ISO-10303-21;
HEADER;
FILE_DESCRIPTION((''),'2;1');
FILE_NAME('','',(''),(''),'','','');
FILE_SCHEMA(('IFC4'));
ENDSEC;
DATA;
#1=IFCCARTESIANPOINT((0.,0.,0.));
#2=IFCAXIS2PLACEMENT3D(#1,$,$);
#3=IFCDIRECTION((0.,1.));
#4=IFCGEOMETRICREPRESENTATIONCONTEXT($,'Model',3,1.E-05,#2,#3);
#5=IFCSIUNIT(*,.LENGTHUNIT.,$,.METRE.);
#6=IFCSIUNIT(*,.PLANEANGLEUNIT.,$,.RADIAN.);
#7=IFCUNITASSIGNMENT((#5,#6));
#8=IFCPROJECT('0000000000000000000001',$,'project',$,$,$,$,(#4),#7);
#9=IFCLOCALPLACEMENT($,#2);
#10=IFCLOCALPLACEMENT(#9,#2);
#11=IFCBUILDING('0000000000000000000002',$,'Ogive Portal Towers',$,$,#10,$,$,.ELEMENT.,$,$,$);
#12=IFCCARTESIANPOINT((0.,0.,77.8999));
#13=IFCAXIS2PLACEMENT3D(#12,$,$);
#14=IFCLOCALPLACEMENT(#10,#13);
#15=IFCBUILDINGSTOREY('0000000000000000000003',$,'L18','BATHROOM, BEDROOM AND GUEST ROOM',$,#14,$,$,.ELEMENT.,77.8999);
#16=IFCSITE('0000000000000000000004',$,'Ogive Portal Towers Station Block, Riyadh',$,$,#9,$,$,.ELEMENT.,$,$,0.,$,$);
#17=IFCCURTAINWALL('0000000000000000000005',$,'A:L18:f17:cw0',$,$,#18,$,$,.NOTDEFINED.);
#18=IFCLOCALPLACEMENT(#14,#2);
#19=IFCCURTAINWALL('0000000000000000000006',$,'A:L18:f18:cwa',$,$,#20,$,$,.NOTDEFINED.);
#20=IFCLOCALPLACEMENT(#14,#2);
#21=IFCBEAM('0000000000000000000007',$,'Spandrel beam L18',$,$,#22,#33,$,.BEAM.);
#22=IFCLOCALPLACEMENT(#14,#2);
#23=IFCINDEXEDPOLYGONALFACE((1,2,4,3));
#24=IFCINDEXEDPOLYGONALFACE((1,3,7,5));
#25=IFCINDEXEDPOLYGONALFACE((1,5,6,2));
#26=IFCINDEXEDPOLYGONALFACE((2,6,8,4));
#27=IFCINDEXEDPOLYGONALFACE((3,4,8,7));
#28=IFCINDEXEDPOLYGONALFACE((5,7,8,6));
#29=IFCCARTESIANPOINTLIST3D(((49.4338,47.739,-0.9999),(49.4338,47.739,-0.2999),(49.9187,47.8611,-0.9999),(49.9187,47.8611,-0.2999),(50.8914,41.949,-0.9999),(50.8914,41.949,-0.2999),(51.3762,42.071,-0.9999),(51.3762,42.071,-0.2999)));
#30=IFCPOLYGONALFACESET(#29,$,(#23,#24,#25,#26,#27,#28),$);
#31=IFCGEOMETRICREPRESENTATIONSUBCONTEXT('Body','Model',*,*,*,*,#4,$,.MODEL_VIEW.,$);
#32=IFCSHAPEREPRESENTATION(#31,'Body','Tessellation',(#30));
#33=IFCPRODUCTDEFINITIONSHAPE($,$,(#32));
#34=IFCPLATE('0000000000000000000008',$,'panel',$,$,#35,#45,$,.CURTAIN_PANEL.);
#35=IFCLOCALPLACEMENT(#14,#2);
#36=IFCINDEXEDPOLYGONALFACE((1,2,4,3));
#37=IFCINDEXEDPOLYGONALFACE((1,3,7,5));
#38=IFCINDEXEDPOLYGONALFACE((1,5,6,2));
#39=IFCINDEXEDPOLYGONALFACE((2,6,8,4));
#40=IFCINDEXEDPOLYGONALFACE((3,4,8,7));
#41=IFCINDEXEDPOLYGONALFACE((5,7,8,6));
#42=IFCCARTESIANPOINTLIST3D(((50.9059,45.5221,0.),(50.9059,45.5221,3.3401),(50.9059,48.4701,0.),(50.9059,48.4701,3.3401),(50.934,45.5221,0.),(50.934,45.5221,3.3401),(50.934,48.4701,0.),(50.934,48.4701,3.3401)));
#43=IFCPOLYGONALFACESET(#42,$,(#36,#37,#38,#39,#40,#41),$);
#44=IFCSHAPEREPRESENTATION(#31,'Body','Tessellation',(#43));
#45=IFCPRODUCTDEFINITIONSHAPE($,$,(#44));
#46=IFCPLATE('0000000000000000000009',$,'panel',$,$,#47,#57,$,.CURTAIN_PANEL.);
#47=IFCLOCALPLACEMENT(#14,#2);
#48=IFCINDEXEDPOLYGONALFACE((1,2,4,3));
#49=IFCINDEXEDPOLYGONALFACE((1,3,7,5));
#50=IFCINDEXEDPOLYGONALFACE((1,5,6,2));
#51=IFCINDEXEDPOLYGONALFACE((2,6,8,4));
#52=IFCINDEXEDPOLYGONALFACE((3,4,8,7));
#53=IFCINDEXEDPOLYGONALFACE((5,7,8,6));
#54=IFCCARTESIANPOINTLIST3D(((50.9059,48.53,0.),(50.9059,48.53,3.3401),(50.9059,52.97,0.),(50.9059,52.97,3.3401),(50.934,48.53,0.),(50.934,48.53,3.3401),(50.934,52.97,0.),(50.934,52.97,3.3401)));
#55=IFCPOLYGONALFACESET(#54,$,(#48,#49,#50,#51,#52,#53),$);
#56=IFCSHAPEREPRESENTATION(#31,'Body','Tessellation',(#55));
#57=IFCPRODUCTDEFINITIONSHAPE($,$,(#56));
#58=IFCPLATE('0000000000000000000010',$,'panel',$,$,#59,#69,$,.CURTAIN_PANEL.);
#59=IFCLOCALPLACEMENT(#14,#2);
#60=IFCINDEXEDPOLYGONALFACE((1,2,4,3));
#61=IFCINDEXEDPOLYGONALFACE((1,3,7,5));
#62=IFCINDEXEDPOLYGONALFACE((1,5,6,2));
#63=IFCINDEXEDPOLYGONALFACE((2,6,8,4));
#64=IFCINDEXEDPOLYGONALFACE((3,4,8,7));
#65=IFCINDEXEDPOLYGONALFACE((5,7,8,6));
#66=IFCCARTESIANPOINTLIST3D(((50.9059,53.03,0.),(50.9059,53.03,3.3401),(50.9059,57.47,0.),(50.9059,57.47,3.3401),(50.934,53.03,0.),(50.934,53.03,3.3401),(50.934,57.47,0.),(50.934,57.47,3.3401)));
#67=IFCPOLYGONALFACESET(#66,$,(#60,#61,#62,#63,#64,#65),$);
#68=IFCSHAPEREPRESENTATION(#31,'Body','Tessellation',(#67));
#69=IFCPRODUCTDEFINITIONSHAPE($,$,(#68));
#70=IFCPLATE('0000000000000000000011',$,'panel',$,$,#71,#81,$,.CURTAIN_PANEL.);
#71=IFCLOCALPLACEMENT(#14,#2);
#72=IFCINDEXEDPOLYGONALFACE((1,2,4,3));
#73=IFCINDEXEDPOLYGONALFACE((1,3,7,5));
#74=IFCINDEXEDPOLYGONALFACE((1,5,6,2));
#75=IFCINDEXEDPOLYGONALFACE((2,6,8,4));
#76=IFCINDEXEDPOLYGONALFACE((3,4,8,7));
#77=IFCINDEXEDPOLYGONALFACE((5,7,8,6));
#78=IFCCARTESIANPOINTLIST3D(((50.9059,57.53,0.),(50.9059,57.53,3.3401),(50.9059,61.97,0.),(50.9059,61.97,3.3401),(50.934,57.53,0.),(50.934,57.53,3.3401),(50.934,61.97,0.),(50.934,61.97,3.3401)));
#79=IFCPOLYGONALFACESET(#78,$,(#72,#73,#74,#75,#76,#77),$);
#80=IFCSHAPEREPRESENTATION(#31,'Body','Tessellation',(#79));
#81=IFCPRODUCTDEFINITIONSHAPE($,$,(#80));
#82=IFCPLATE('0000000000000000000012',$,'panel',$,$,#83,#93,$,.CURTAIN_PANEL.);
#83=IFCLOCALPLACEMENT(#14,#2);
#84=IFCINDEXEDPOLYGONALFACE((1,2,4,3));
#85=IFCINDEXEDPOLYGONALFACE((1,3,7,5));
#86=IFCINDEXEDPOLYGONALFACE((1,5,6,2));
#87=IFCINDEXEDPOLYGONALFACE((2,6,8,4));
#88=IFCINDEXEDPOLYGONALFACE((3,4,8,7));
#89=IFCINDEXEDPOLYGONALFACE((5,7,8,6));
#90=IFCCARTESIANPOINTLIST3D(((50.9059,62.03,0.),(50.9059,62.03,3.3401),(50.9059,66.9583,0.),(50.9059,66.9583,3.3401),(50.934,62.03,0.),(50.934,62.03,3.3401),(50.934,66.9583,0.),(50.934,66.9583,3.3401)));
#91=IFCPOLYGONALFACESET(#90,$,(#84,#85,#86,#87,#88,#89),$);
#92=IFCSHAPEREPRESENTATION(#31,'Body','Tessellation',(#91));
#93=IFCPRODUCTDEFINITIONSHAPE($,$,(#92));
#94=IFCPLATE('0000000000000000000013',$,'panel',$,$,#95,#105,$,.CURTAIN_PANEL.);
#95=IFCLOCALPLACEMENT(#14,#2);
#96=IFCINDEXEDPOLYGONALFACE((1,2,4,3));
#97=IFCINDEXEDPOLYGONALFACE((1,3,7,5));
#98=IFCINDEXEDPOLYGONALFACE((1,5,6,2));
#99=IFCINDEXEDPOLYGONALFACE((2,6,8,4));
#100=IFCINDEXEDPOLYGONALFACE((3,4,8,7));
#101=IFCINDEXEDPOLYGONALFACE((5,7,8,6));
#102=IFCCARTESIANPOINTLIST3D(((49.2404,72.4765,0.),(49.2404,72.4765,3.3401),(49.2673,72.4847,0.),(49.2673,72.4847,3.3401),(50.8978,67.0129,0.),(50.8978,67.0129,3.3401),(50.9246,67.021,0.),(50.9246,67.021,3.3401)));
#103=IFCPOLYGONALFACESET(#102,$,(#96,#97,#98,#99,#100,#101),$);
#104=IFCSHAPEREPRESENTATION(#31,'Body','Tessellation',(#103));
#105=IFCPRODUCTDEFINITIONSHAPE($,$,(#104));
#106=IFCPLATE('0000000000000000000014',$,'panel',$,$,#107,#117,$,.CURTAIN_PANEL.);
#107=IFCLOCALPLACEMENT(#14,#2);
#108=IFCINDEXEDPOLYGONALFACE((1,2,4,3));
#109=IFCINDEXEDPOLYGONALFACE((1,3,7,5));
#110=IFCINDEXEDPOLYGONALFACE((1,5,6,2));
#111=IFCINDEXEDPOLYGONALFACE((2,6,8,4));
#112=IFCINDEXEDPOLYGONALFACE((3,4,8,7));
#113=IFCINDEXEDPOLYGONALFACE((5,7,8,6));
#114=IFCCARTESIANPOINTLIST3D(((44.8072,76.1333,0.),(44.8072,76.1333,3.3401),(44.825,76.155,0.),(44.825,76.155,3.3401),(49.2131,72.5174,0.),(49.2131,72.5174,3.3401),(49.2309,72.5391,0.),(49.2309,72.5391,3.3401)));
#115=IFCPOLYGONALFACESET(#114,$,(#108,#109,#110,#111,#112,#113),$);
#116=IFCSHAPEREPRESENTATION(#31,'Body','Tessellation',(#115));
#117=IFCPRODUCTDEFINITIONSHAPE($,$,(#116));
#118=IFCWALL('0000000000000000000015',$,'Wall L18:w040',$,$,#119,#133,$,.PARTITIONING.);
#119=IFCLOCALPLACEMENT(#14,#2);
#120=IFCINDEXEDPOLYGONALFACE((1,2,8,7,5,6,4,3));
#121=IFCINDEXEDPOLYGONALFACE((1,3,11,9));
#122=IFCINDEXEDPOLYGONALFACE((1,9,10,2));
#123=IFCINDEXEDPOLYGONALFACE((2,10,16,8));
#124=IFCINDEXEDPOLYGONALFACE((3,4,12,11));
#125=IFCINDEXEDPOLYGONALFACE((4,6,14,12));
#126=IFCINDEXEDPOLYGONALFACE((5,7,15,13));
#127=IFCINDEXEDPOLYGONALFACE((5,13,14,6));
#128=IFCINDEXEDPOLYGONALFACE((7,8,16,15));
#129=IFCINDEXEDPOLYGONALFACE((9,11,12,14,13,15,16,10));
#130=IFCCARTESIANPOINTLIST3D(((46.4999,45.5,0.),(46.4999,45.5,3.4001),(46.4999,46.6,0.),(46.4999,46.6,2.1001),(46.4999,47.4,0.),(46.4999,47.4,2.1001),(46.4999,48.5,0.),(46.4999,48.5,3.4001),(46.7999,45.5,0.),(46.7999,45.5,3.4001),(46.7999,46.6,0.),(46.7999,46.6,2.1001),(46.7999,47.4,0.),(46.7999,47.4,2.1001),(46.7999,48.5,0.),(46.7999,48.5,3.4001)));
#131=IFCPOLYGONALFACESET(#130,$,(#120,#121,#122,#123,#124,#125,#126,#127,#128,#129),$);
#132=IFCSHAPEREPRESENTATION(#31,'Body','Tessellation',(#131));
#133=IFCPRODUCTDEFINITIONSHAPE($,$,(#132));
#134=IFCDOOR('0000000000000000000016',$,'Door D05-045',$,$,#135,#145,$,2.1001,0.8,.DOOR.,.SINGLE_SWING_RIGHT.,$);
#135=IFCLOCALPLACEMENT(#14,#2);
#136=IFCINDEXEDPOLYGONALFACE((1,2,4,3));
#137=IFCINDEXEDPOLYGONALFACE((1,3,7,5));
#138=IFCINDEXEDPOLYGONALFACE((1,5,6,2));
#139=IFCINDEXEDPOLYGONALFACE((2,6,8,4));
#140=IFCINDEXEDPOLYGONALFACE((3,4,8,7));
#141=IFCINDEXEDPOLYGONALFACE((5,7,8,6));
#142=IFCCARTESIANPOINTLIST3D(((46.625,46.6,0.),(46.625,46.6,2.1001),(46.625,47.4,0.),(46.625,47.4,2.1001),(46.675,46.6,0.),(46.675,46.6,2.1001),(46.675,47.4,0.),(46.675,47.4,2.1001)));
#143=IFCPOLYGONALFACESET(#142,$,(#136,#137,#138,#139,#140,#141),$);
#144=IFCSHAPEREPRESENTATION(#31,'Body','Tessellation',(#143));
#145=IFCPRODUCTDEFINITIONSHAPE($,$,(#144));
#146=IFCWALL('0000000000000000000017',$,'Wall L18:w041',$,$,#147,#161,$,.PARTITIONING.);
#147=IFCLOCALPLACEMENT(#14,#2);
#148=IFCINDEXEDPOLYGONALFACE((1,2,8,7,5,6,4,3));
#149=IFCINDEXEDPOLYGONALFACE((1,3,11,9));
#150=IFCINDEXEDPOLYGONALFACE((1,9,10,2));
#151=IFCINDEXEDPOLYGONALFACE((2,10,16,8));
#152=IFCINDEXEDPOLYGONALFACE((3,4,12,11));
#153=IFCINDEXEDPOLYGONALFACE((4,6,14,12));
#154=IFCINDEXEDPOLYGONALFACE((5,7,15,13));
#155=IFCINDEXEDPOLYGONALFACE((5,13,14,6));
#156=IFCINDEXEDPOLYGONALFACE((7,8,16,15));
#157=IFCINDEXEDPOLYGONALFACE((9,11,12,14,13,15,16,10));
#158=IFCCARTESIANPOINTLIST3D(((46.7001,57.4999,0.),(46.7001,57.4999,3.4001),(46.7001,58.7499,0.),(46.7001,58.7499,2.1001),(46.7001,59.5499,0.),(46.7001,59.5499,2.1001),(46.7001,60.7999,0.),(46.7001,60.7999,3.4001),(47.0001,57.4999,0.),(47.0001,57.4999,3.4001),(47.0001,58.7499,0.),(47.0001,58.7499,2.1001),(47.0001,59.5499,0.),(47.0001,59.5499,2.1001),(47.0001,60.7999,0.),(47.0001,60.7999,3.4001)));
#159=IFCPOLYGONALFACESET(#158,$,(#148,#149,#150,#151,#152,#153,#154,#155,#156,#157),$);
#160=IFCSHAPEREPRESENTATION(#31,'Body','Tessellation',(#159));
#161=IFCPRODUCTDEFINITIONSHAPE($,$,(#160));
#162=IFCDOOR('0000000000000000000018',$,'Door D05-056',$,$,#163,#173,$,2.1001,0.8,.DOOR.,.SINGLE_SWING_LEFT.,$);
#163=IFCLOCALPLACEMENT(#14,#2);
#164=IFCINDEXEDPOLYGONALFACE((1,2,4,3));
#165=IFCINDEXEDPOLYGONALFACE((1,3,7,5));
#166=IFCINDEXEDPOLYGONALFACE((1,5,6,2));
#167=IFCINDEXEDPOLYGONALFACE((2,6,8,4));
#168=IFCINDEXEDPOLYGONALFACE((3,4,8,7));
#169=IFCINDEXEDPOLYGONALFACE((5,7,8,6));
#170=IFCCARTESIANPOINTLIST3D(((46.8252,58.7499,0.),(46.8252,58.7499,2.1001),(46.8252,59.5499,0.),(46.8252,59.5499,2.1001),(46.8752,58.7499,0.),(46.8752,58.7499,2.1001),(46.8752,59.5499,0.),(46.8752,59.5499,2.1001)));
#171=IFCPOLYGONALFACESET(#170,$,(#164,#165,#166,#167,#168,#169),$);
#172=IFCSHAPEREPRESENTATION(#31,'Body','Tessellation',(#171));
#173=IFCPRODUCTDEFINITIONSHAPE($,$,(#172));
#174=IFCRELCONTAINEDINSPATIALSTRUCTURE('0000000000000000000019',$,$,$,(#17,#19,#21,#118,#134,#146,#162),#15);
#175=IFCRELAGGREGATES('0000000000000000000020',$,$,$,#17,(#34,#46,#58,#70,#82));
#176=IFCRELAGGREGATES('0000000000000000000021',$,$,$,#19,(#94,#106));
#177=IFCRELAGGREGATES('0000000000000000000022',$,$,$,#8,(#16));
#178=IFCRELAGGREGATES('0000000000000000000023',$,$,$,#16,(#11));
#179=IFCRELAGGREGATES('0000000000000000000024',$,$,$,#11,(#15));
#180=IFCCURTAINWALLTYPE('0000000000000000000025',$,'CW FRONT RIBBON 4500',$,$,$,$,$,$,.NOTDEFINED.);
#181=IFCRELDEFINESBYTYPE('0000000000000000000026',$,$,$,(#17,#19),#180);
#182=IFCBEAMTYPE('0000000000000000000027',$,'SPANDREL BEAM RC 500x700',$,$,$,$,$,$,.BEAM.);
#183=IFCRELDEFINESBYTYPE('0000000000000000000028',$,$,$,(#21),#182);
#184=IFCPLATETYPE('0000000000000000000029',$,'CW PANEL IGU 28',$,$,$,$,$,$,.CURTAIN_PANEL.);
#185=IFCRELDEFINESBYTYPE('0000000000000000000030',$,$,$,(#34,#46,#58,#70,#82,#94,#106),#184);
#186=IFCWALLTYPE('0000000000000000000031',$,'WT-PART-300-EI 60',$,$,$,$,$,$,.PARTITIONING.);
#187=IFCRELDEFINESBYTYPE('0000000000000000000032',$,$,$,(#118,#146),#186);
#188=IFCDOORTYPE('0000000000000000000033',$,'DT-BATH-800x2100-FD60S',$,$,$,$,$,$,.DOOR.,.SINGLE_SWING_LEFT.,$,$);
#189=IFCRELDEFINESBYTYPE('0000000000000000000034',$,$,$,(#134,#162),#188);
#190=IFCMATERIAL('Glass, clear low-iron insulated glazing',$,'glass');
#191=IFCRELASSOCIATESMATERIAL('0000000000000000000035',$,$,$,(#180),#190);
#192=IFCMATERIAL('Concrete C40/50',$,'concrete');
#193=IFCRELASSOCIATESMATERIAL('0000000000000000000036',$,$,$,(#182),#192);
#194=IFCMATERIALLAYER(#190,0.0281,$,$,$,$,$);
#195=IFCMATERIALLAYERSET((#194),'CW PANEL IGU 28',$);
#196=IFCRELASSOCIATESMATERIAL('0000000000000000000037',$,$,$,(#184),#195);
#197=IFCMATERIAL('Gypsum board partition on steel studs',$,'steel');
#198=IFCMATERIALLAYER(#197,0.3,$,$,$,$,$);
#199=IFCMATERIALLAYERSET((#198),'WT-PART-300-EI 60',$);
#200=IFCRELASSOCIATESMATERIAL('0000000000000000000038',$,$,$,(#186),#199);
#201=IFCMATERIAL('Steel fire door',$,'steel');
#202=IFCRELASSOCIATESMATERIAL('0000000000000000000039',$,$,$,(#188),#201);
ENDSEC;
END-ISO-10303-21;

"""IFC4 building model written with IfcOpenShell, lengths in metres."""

from ifc_helpers import new_model, si_unit, direction, frame, frame_2d, origin, origin_2d, place, context, subcontext, project, spatial, rectangle, extrude, material, layer, layer_set, material_profile, profile_set, type_object, element, fill, aggregate, save


model = new_model("IFC4")

# Units and contexts
model_context = context("Model", 3, precision=1e-05, world=origin(), true_north=direction((0.0, 1.0)))
body_context = subcontext(model_context, "Body", "Model", "MODEL_VIEW")
ifc_project = project(units=[si_unit("LENGTHUNIT", "METRE"), si_unit("PLANEANGLEUNIT", "RADIAN")], contexts=[model_context])

# Site, building, storey
site_placement = place(None, origin())
site = spatial("IfcSite", under=ifc_project, at=site_placement, Name="Ogive Portal Towers Station Block, Riyadh", CompositionType="ELEMENT", RefElevation=0.0)
building_placement = place(site_placement, origin())
building = spatial("IfcBuilding", under=site, at=building_placement, Name="Ogive Portal Towers", CompositionType="ELEMENT")
storey_placement = place(building_placement, frame((0.0, 0.0, 77.8999)))
storey = spatial("IfcBuildingStorey", under=building, at=storey_placement, Name="L18", Description="BATHROOM, BEDROOM AND GUEST ROOM", CompositionType="ELEMENT", Elevation=77.8999)

# Curtain wall
ifc_material_1 = material(Name="Glass, clear low-iron insulated glazing", Category="glass")
curtain_wall_type = type_object("IfcCurtainWallType", Name="CW FRONT RIBBON 4500", PredefinedType="NOTDEFINED", material=ifc_material_1)
curtain_wall_1_placement = place(storey_placement, origin())
curtain_wall_1 = element("IfcCurtainWall", 1, at=curtain_wall_1_placement, inside=storey, type_object=curtain_wall_type, Name="A:L18:f17:cw0", PredefinedType="NOTDEFINED")

# Curtain wall
curtain_wall_2_placement = place(storey_placement, origin())
curtain_wall_2 = element("IfcCurtainWall", 2, at=curtain_wall_2_placement, inside=storey, type_object=curtain_wall_type, Name="A:L18:f18:cwa", PredefinedType="NOTDEFINED")

# Beam
ifc_material_2 = material(Name="Concrete C40/50", Category="concrete")
ifc_material_profile_1 = material_profile(ifc_material_2, rectangle(XDim=0.5, YDim=0.7, at=origin_2d()), Name="RC 500x700")
ifc_profile_set_1 = profile_set([ifc_material_profile_1], Name="Concrete C40/50")
beam_type = type_object("IfcBeamType", Name="SPANDREL BEAM RC 500x700", PredefinedType="BEAM", material=ifc_profile_set_1)
beam_placement = place(storey_placement, frame((49.6763, 47.8, -0.6499), z_axis=(0.244113, -0.969747, 0.0), x_axis=(0.969747, 0.244113, 0.0)))
element("IfcBeam", 3, at=beam_placement, inside=storey, type_object=beam_type, Name="Spandrel beam L18", PredefinedType="BEAM", context=body_context, shape_type="SweptSolid", body=[
    extrude(rectangle(XDim=0.5, YDim=0.7, at=origin_2d()), origin(), (0.0, 0.0, 1.0), 5.9707),
])

# Plates
ifc_layer_1 = layer(ifc_material_1, 0.0281)
ifc_layer_set_1 = layer_set([ifc_layer_1], Name="CW PANEL IGU 28")
plate_type = type_object("IfcPlateType", Name="CW PANEL IGU 28", PredefinedType="CURTAIN_PANEL", material=ifc_layer_set_1)
plate_1_placement = place(storey_placement, frame((50.9199, 46.9961, 0.0), z_axis=(0.0, 0.0, 1.0), x_axis=(0.0, 1.0, 0.0)))
plate_1 = element("IfcPlate", 4, at=plate_1_placement, type_object=plate_type, Name="panel", PredefinedType="CURTAIN_PANEL", context=body_context, shape_type="SweptSolid", body=[
    extrude(rectangle(XDim=2.948, YDim=0.0281, at=origin_2d()), origin(), (0.0, 0.0, 1.0), 3.3401),
])
plate_2_placement = place(storey_placement, frame((50.9199, 50.75, 0.0), z_axis=(0.0, 0.0, 1.0), x_axis=(0.0, 1.0, 0.0)))
plate_2 = element("IfcPlate", 5, at=plate_2_placement, type_object=plate_type, Name="panel", PredefinedType="CURTAIN_PANEL", context=body_context, shape_type="SweptSolid", body=[
    extrude(rectangle(XDim=4.4399, YDim=0.0281, at=origin_2d()), origin(), (0.0, 0.0, 1.0), 3.3401),
])
plate_3_placement = place(storey_placement, frame((50.9199, 55.25, 0.0), z_axis=(0.0, 0.0, 1.0), x_axis=(0.0, 1.0, 0.0)))
plate_3 = element("IfcPlate", 6, at=plate_3_placement, type_object=plate_type, Name="panel", PredefinedType="CURTAIN_PANEL", context=body_context, shape_type="SweptSolid", body=[
    extrude(rectangle(XDim=4.4399, YDim=0.0281, at=origin_2d()), origin(), (0.0, 0.0, 1.0), 3.3401),
])
plate_4_placement = place(storey_placement, frame((50.9199, 59.75, 0.0), z_axis=(0.0, 0.0, 1.0), x_axis=(0.0, 1.0, 0.0)))
plate_4 = element("IfcPlate", 7, at=plate_4_placement, type_object=plate_type, Name="panel", PredefinedType="CURTAIN_PANEL", context=body_context, shape_type="SweptSolid", body=[
    extrude(rectangle(XDim=4.4399, YDim=0.0281, at=origin_2d()), origin(), (0.0, 0.0, 1.0), 3.3401),
])
plate_5_placement = place(storey_placement, frame((50.9199, 64.4941, 0.0), z_axis=(0.0, 0.0, 1.0), x_axis=(0.0, 1.0, 0.0)))
plate_5 = element("IfcPlate", 8, at=plate_5_placement, type_object=plate_type, Name="panel", PredefinedType="CURTAIN_PANEL", context=body_context, shape_type="SweptSolid", body=[
    extrude(rectangle(XDim=4.9282, YDim=0.0281, at=origin_2d()), origin(), (0.0, 0.0, 1.0), 3.3401),
])
aggregate(curtain_wall_1, [plate_1, plate_2, plate_3, plate_4, plate_5])
plate_6_placement = place(storey_placement, frame((50.0825, 69.7488, 0.0), z_axis=(0.0, 0.0, 1.0), x_axis=(-0.290285, 0.95694, 0.0)))
plate_6 = element("IfcPlate", 9, at=plate_6_placement, type_object=plate_type, Name="panel", PredefinedType="CURTAIN_PANEL", context=body_context, shape_type="SweptSolid", body=[
    extrude(rectangle(XDim=5.7095, YDim=0.0281, at=origin_2d()), origin(), (0.0, 0.0, 1.0), 3.3401),
])
plate_7_placement = place(storey_placement, frame((47.019, 74.3362, 0.0), z_axis=(0.0, 0.0, 1.0), x_axis=(-0.77301, 0.634393, 0.0)))
plate_7 = element("IfcPlate", 10, at=plate_7_placement, type_object=plate_type, Name="panel", PredefinedType="CURTAIN_PANEL", context=body_context, shape_type="SweptSolid", body=[
    extrude(rectangle(XDim=5.6997, YDim=0.0281, at=origin_2d()), origin(), (0.0, 0.0, 1.0), 3.3401),
])
aggregate(curtain_wall_2, [plate_6, plate_7])

# Walls, openings, doors
ifc_material_3 = material(Name="Gypsum board partition on steel studs", Category="steel")
ifc_layer_2 = layer(ifc_material_3, 0.3)
ifc_layer_set_2 = layer_set([ifc_layer_2], Name="WT-PART-300-EI 60")
wall_type = type_object("IfcWallType", Name="WT-PART-300-EI 60", PredefinedType="PARTITIONING", material=ifc_layer_set_2)
wall_1_placement = place(storey_placement, frame((46.6499, 45.5, 0.0), z_axis=(0.0, 0.0, 1.0), x_axis=(0.0, 1.0, 0.0)))
wall_1 = element("IfcWall", 11, at=wall_1_placement, inside=storey, type_object=wall_type, Name="Wall L18:w040", PredefinedType="PARTITIONING", context=body_context, shape_type="SweptSolid", body=[
    extrude(rectangle(XDim=3.0, YDim=0.3, at=frame_2d((1.5, 0.0))), origin(), (0.0, 0.0, 1.0), 3.4001),
])
opening_1_placement = place(wall_1_placement, frame((1.1001, 0.0, 0.0)))
opening_1 = element("IfcOpeningElement", 12, at=opening_1_placement, cuts=wall_1, PredefinedType="OPENING", context=body_context, shape_type="SweptSolid", body=[
    extrude(rectangle(XDim=0.8, YDim=2.1001, at=frame_2d((0.3999, 1.05))), frame((0.0, 0.1602, 0.0), z_axis=(0.0, -1.0, 0.0), x_axis=(1.0, 0.0, 0.0)), (0.0, 0.0, 1.0), 0.3201),
])
ifc_material_4 = material(Name="Steel fire door", Category="steel")
door_type = type_object("IfcDoorType", Name="DT-BATH-800x2100-FD60S", OperationType="SINGLE_SWING_LEFT", PredefinedType="DOOR", material=ifc_material_4)
door_1_placement = place(opening_1_placement, origin())
door_1 = element("IfcDoor", 13, at=door_1_placement, inside=storey, type_object=door_type, Name="Door D05-045", OperationType="SINGLE_SWING_RIGHT", OverallHeight=2.1001, OverallWidth=0.8, PredefinedType="DOOR", context=body_context, shape_type="SweptSolid", body=[
    extrude(rectangle(XDim=0.8, YDim=2.1001, at=frame_2d((0.3999, 1.05))), frame((0.0, 0.0249, 0.0), z_axis=(0.0, -1.0, 0.0), x_axis=(1.0, 0.0, 0.0)), (0.0, 0.0, 1.0), 0.05),
])
fill(opening_1, door_1)
wall_2_placement = place(storey_placement, frame((46.8501, 57.5, 0.0), z_axis=(0.0, 0.0, 1.0), x_axis=(0.0, 1.0, 0.0)))
wall_2 = element("IfcWall", 14, at=wall_2_placement, inside=storey, type_object=wall_type, Name="Wall L18:w041", PredefinedType="PARTITIONING", context=body_context, shape_type="SweptSolid", body=[
    extrude(rectangle(XDim=3.3, YDim=0.3, at=frame_2d((1.6499, 0.0))), origin(), (0.0, 0.0, 1.0), 3.4001),
])
opening_2_placement = place(wall_2_placement, frame((1.25, 0.0, 0.0)))
opening_2 = element("IfcOpeningElement", 15, at=opening_2_placement, cuts=wall_2, PredefinedType="OPENING", context=body_context, shape_type="SweptSolid", body=[
    extrude(rectangle(XDim=0.8, YDim=2.1001, at=frame_2d((0.3999, 1.05))), frame((0.0, 0.1602, 0.0), z_axis=(0.0, -1.0, 0.0), x_axis=(1.0, 0.0, 0.0)), (0.0, 0.0, 1.0), 0.3201),
])
door_2_placement = place(opening_2_placement, origin())
door_2 = element("IfcDoor", 16, at=door_2_placement, inside=storey, type_object=door_type, Name="Door D05-056", OperationType="SINGLE_SWING_LEFT", OverallHeight=2.1001, OverallWidth=0.8, PredefinedType="DOOR", context=body_context, shape_type="SweptSolid", body=[
    extrude(rectangle(XDim=0.8, YDim=2.1001, at=frame_2d((0.3999, 1.05))), frame((0.0, 0.0249, 0.0), z_axis=(0.0, -1.0, 0.0), x_axis=(1.0, 0.0, 0.0)), (0.0, 0.0, 1.0), 0.05),
])
fill(opening_2, door_2)

save(model, "model.ifc")
